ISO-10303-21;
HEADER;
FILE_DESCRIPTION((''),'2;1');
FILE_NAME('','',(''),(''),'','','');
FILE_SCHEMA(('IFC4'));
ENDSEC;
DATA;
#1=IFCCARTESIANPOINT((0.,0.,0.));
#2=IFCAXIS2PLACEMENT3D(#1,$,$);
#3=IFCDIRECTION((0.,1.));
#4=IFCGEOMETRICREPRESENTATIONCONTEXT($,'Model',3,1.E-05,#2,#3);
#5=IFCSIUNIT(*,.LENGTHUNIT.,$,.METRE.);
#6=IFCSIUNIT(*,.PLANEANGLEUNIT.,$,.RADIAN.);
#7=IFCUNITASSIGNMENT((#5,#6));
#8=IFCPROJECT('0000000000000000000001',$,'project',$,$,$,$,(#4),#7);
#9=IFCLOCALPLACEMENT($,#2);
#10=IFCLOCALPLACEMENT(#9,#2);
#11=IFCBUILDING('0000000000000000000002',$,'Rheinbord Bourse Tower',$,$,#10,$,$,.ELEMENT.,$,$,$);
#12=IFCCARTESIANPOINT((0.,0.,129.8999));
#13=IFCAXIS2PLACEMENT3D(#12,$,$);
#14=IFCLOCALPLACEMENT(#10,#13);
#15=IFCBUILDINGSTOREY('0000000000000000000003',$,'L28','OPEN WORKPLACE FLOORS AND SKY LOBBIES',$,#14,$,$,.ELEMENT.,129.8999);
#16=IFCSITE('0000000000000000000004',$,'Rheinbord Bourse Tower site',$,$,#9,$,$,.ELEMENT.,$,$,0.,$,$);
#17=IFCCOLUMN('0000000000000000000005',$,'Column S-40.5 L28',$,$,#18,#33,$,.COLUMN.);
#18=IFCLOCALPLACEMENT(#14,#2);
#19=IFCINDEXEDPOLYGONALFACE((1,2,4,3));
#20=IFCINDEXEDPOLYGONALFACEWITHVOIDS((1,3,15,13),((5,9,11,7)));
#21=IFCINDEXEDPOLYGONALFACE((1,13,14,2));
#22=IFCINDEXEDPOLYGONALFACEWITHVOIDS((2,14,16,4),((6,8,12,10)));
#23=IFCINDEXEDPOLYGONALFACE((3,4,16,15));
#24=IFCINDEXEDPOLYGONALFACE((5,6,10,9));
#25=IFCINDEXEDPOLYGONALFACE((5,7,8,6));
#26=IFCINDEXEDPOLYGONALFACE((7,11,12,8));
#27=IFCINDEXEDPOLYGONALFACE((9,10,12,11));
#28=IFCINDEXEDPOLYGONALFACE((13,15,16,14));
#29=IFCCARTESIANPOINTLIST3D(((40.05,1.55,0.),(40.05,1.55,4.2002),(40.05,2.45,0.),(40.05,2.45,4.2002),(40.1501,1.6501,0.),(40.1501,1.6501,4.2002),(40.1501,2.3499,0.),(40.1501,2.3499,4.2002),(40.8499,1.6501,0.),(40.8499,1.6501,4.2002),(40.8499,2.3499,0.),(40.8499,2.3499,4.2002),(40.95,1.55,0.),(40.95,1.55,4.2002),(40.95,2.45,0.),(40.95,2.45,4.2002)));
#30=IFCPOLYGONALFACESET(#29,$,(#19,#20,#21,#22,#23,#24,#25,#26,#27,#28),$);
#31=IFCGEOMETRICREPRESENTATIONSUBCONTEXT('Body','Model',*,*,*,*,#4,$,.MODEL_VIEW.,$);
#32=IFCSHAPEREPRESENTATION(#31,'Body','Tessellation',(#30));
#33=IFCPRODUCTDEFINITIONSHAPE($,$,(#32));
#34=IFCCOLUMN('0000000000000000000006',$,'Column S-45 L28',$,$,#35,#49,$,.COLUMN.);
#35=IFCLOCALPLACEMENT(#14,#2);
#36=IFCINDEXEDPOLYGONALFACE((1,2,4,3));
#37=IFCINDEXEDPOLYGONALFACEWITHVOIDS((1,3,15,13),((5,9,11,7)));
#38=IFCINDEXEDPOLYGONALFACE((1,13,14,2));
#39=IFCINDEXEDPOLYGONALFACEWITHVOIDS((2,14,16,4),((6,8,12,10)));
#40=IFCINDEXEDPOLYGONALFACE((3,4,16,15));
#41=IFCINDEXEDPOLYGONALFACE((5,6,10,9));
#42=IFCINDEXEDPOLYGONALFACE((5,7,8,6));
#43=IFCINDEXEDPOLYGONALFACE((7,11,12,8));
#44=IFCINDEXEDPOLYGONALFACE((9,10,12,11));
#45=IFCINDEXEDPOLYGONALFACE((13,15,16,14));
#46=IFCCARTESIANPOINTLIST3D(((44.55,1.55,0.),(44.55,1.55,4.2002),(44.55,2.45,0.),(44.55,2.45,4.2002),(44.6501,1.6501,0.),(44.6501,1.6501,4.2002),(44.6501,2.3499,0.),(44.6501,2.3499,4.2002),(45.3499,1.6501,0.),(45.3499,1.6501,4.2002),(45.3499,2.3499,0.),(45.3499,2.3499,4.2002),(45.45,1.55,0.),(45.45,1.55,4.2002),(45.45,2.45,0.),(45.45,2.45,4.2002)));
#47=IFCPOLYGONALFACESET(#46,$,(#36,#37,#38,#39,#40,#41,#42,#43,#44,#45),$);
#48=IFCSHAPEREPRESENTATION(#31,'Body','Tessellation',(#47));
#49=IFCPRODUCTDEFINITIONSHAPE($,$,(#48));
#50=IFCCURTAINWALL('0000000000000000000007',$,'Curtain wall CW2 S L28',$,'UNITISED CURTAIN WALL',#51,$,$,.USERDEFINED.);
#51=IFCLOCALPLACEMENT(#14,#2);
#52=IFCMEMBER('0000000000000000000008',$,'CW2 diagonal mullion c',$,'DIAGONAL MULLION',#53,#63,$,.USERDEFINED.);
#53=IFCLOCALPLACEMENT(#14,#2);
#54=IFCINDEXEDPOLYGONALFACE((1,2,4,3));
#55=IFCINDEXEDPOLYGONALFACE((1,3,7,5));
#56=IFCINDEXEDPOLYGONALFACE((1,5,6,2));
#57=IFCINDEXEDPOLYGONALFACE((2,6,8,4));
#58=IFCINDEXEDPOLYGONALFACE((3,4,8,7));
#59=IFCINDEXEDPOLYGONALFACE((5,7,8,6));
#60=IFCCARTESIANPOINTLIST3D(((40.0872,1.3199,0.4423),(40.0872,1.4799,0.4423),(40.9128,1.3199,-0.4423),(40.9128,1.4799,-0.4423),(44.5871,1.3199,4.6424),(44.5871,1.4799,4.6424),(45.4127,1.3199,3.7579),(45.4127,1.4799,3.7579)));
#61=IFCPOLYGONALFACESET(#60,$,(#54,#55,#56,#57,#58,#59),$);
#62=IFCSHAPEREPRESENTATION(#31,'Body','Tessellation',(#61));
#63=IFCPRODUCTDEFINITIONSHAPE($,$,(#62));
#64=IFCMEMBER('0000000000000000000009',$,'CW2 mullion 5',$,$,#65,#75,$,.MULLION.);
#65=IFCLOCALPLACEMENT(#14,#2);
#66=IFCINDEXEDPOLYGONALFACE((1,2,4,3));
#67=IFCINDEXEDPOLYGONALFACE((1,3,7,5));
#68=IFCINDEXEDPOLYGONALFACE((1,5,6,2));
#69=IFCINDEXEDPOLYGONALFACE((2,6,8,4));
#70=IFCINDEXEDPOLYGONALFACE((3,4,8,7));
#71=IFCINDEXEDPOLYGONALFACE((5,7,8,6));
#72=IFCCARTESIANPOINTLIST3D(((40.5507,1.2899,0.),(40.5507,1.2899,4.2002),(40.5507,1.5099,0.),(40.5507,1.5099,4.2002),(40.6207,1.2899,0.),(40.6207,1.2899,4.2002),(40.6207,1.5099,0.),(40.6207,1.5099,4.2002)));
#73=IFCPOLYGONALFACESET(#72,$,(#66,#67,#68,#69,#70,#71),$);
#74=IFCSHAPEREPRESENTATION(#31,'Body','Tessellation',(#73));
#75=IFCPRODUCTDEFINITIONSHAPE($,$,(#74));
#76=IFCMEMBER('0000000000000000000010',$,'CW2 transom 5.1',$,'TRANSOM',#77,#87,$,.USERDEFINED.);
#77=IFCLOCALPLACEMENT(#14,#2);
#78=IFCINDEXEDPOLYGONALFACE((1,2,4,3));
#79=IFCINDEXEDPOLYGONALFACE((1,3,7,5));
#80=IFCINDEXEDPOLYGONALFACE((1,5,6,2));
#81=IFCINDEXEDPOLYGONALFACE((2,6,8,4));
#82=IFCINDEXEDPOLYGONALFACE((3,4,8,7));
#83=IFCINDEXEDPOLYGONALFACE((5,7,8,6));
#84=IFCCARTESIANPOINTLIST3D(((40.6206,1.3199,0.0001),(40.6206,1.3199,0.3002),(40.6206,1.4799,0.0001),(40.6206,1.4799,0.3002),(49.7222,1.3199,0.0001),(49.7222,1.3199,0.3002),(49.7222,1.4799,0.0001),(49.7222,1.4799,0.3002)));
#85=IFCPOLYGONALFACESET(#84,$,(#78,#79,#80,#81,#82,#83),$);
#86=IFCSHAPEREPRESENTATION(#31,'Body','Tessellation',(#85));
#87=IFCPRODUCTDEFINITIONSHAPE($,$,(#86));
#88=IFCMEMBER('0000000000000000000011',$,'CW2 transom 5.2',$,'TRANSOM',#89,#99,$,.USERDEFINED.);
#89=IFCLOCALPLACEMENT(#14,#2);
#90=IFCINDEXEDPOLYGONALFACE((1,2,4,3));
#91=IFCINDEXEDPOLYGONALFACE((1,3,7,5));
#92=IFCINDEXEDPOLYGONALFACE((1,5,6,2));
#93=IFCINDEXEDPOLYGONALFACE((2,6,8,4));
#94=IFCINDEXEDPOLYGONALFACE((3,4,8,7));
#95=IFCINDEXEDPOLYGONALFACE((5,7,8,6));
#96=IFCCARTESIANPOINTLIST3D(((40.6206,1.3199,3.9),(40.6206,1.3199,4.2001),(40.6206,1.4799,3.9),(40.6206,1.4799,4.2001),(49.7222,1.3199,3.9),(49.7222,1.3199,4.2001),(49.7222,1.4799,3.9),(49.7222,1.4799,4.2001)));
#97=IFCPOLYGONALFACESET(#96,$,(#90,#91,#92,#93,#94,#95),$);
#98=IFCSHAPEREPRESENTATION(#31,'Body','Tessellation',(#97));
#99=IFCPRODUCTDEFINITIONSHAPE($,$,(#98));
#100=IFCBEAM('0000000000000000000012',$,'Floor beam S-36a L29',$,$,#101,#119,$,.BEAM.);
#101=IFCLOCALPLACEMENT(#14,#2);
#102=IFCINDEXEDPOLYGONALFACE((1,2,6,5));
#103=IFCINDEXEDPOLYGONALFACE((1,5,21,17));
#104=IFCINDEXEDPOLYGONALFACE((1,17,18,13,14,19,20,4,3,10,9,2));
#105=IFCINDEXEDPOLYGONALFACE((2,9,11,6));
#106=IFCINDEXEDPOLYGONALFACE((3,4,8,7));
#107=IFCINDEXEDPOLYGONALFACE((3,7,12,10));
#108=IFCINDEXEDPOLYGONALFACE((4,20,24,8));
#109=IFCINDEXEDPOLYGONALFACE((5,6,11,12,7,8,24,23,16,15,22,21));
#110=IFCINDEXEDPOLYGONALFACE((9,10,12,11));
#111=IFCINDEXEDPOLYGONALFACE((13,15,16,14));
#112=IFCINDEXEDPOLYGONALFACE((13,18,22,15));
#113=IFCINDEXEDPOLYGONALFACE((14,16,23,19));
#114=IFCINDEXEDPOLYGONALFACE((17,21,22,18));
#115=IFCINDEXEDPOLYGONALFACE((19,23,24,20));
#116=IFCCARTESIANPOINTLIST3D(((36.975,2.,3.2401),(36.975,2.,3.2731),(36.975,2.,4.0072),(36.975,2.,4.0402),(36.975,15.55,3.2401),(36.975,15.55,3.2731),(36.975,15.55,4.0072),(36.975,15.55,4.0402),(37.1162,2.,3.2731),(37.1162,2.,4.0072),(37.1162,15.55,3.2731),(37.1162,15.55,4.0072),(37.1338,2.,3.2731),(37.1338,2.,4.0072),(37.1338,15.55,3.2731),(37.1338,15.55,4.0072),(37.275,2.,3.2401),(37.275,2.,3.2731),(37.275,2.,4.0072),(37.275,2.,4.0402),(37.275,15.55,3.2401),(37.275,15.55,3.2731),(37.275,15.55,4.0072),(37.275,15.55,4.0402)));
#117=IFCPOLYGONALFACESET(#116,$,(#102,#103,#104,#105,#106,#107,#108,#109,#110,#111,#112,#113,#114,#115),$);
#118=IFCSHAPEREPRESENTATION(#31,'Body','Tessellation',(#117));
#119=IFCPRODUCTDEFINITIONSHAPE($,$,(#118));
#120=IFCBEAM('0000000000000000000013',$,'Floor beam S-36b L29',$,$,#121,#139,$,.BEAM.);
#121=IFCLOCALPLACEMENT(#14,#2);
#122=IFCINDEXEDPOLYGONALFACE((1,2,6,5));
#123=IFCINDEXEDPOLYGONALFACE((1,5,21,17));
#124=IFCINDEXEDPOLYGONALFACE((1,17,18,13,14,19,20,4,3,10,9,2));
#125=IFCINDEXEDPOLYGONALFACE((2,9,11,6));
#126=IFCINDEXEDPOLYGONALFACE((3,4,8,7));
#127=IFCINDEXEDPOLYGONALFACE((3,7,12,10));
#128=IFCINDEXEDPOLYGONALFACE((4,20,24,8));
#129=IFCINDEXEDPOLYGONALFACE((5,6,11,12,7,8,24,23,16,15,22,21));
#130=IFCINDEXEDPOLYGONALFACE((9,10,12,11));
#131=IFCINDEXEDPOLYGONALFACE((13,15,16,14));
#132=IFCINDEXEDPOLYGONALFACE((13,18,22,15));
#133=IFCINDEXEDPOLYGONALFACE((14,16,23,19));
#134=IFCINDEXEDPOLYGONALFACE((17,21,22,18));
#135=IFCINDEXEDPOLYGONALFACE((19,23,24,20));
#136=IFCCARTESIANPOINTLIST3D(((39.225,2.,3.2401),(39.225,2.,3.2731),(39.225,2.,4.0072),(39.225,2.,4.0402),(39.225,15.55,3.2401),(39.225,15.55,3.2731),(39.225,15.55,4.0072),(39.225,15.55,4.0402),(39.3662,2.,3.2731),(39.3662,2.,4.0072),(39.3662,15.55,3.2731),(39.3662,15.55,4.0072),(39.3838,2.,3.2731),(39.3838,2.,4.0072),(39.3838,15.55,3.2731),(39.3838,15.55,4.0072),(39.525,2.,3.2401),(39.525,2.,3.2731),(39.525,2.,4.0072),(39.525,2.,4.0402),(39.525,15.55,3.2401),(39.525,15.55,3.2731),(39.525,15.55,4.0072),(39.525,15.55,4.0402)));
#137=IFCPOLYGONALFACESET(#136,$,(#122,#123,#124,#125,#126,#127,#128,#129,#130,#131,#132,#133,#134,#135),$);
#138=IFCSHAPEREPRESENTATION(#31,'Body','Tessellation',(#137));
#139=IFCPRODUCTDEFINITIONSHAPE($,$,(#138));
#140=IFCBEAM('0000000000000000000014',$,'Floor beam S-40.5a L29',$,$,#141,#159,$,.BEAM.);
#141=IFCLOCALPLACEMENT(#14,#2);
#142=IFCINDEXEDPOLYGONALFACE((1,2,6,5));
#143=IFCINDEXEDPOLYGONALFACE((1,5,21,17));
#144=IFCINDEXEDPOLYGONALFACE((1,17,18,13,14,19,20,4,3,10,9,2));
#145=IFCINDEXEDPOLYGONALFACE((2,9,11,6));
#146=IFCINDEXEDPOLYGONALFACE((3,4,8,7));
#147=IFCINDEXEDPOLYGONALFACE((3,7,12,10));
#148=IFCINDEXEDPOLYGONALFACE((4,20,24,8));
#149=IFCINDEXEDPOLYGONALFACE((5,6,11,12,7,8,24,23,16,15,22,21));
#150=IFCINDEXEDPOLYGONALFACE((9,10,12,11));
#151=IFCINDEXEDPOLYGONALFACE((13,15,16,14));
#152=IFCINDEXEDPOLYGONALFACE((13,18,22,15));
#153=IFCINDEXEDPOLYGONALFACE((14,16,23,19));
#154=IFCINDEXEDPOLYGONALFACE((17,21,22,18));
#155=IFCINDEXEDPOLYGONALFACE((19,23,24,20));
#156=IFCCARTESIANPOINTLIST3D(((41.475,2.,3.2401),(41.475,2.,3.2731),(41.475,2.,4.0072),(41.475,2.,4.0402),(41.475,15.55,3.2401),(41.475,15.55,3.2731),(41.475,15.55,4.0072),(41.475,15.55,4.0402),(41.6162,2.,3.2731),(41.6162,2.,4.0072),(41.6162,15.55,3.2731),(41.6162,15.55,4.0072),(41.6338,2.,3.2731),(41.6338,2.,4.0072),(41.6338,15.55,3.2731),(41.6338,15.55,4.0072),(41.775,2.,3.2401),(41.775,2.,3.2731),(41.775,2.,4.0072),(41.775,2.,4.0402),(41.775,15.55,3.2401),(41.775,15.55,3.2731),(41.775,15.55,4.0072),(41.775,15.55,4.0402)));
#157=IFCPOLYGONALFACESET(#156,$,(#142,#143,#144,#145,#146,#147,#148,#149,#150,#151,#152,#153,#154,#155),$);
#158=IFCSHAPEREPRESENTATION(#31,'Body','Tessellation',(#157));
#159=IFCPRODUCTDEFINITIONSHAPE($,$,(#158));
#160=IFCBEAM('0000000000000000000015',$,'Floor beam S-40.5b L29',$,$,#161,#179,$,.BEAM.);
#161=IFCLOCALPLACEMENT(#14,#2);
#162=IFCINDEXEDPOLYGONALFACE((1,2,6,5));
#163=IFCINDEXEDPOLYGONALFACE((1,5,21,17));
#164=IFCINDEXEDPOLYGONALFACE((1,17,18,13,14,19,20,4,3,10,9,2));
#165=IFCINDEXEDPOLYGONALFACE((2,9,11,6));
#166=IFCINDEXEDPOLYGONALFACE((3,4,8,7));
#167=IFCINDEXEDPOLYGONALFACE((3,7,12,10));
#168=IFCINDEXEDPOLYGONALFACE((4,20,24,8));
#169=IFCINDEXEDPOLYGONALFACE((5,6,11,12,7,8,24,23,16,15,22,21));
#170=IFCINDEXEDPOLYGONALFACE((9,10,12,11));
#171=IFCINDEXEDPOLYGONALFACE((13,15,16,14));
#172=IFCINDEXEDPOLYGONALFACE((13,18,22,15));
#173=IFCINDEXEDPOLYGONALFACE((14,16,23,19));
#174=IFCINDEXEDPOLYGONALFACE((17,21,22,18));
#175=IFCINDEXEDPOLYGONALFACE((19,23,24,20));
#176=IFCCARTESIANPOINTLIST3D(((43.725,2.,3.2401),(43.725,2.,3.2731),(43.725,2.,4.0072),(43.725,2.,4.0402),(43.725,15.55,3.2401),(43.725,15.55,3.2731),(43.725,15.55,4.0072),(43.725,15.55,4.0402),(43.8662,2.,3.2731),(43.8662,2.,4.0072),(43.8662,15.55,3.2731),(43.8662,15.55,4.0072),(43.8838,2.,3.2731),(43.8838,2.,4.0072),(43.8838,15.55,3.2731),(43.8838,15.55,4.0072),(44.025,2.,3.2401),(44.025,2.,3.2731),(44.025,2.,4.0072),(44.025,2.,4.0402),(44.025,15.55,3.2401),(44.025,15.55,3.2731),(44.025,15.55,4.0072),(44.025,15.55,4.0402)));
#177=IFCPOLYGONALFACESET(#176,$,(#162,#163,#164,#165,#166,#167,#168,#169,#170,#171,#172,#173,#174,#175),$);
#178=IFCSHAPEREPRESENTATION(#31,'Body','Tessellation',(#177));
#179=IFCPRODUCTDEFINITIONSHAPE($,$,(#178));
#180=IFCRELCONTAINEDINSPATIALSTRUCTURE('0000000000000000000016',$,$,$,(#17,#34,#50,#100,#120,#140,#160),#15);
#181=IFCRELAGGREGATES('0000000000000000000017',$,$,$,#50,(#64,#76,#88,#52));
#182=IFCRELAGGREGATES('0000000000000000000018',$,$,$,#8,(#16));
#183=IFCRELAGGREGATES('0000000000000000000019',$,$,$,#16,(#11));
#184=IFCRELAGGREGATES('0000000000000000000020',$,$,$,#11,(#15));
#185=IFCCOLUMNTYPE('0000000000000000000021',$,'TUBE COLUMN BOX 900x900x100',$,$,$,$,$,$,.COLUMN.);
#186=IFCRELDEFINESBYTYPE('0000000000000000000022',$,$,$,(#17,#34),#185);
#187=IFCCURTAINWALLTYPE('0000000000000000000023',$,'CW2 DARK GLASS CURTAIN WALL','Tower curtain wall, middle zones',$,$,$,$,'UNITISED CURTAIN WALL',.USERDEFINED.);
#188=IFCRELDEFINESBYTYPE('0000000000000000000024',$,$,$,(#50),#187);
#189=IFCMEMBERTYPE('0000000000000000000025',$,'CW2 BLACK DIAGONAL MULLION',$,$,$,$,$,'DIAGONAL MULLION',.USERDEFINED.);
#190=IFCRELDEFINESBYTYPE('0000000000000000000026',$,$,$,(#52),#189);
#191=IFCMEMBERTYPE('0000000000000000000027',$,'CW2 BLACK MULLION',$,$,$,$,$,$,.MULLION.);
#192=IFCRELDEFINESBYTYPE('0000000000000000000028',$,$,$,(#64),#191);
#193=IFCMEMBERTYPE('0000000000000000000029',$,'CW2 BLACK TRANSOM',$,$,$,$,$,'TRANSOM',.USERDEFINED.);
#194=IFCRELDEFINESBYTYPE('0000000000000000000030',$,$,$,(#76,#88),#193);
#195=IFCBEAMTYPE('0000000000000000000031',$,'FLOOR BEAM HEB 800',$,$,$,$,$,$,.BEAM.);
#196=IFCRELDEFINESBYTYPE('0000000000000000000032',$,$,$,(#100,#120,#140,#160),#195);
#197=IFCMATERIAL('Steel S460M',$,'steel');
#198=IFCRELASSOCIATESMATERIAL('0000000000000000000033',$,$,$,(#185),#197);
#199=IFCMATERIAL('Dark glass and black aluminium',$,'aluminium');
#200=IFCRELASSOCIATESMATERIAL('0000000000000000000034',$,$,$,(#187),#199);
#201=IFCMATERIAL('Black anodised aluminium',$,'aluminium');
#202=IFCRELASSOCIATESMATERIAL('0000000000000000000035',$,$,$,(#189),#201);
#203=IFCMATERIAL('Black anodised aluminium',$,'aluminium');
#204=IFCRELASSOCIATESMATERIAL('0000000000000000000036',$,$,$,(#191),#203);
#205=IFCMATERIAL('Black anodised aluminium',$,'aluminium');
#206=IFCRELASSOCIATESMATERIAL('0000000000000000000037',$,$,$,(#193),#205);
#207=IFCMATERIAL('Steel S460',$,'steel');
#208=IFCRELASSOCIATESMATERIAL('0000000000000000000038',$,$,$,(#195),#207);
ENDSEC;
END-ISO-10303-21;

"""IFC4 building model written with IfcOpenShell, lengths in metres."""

from ifc_helpers import new_model, si_unit, direction, frame, origin, origin_2d, place, context, subcontext, project, spatial, rectangle, hollow_rectangle, i_section, extrude, material, material_profile, profile_set, type_object, element, aggregate, save


model = new_model("IFC4")

# Units and contexts
model_context = context("Model", 3, precision=1e-05, world=origin(), true_north=direction((0.0, 1.0)))
body_context = subcontext(model_context, "Body", "Model", "MODEL_VIEW")
ifc_project = project(units=[si_unit("LENGTHUNIT", "METRE"), si_unit("PLANEANGLEUNIT", "RADIAN")], contexts=[model_context])

# Site, building, storey
site_placement = place(None, origin())
site = spatial("IfcSite", under=ifc_project, at=site_placement, Name="Rheinbord Bourse Tower site", CompositionType="ELEMENT", RefElevation=0.0)
building_placement = place(site_placement, origin())
building = spatial("IfcBuilding", under=site, at=building_placement, Name="Rheinbord Bourse Tower", CompositionType="ELEMENT")
storey_placement = place(building_placement, frame((0.0, 0.0, 129.8999)))
storey = spatial("IfcBuildingStorey", under=building, at=storey_placement, Name="L28", Description="OPEN WORKPLACE FLOORS AND SKY LOBBIES", CompositionType="ELEMENT", Elevation=129.8999)

# Columns
ifc_material_1 = material(Name="Steel S460M", Category="steel")
ifc_material_profile_1 = material_profile(ifc_material_1, hollow_rectangle(XDim=0.8999, YDim=0.8999, WallThickness=0.1001, at=origin_2d()), Name="BOX 900x900x100")
ifc_profile_set_1 = profile_set([ifc_material_profile_1], Name="Steel S460M")
column_type = type_object("IfcColumnType", Name="TUBE COLUMN BOX 900x900x100", PredefinedType="COLUMN", material=ifc_profile_set_1)
for number, where, z_axis, x_axis, name in (
    (1, (40.5, 2.0, 0.0), (0.0, 0.0, 1.0), (0.0, 1.0, 0.0), "Column S-40.5 L28"),
    (2, (45.0, 2.0, 0.0), (0.0, 0.0, 1.0), (0.0, 1.0, 0.0), "Column S-45 L28"),
):
    element("IfcColumn", number, at=place(storey_placement, frame(where, z_axis=z_axis, x_axis=x_axis)), inside=storey, type_object=column_type, Name=name, PredefinedType="COLUMN", context=body_context, shape_type="SweptSolid", body=[
        extrude(hollow_rectangle(XDim=0.8999, YDim=0.8999, WallThickness=0.1001, at=origin_2d()), origin(), (0.0, 0.0, 1.0), 4.2002),
    ])

# Curtain wall, members
ifc_material_2 = material(Name="Dark glass and black aluminium", Category="aluminium")
curtain_wall_type = type_object("IfcCurtainWallType", Name="CW2 DARK GLASS CURTAIN WALL", Description="Tower curtain wall, middle zones", ElementType="UNITISED CURTAIN WALL", PredefinedType="USERDEFINED", material=ifc_material_2)
curtain_wall_placement = place(storey_placement, origin())
curtain_wall = element("IfcCurtainWall", 3, at=curtain_wall_placement, inside=storey, type_object=curtain_wall_type, Name="Curtain wall CW2 S L28", ObjectType="UNITISED CURTAIN WALL", PredefinedType="USERDEFINED")
ifc_material_3 = material(Name="Black anodised aluminium", Category="aluminium")
ifc_material_profile_2 = material_profile(ifc_material_3, rectangle(XDim=0.1599, YDim=1.21, at=origin_2d()), Name="CW2 DIAGONAL MULLION 1210x160")
ifc_profile_set_2 = profile_set([ifc_material_profile_2], Name="Black anodised aluminium")
member_type_1 = type_object("IfcMemberType", Name="CW2 BLACK DIAGONAL MULLION", ElementType="DIAGONAL MULLION", PredefinedType="USERDEFINED", material=ifc_profile_set_2)
member_1_placement = place(storey_placement, frame((40.5, 1.3999, 0.0), z_axis=(0.731039, 0.0, 0.682335), x_axis=(0.0, 1.0, 0.0)))
member_1 = element("IfcMember", 4, at=member_1_placement, type_object=member_type_1, Name="CW2 diagonal mullion c", ObjectType="DIAGONAL MULLION", PredefinedType="USERDEFINED", context=body_context, shape_type="SweptSolid", body=[
    extrude(rectangle(XDim=0.1599, YDim=1.21, at=origin_2d()), origin(), (0.0, 0.0, 1.0), 6.1555),
])
ifc_material_4 = material(Name="Black anodised aluminium", Category="aluminium")
ifc_material_profile_3 = material_profile(ifc_material_4, rectangle(XDim=0.22, YDim=0.0701, at=origin_2d()), Name="CW2 MULLION 70x220")
ifc_profile_set_3 = profile_set([ifc_material_profile_3], Name="Black anodised aluminium")
member_type_2 = type_object("IfcMemberType", Name="CW2 BLACK MULLION", PredefinedType="MULLION", material=ifc_profile_set_3)
member_2_placement = place(storey_placement, frame((40.5857, 1.3999, 0.0), z_axis=(0.0, 0.0, 1.0), x_axis=(0.0, 1.0, 0.0)))
member_2 = element("IfcMember", 5, at=member_2_placement, type_object=member_type_2, Name="CW2 mullion 5", PredefinedType="MULLION", context=body_context, shape_type="SweptSolid", body=[
    extrude(rectangle(XDim=0.22, YDim=0.0701, at=origin_2d()), origin(), (0.0, 0.0, 1.0), 4.2002),
])
ifc_material_5 = material(Name="Black anodised aluminium", Category="aluminium")
ifc_material_profile_4 = material_profile(ifc_material_5, rectangle(XDim=0.1599, YDim=0.3, at=origin_2d()), Name="CW2 TRANSOM 300x160")
ifc_profile_set_4 = profile_set([ifc_material_profile_4], Name="Black anodised aluminium")
member_type_3 = type_object("IfcMemberType", Name="CW2 BLACK TRANSOM", ElementType="TRANSOM", PredefinedType="USERDEFINED", material=ifc_profile_set_4)
member_3_placement = place(storey_placement, frame((40.6206, 1.3999, 0.1501), z_axis=(1.0, 0.0, 0.0), x_axis=(0.0, 1.0, 0.0)))
member_3 = element("IfcMember", 6, at=member_3_placement, type_object=member_type_3, Name="CW2 transom 5.1", ObjectType="TRANSOM", PredefinedType="USERDEFINED", context=body_context, shape_type="SweptSolid", body=[
    extrude(rectangle(XDim=0.1599, YDim=0.3, at=origin_2d()), origin(), (0.0, 0.0, 1.0), 9.1016),
])
member_4_placement = place(storey_placement, frame((40.6206, 1.3999, 4.05), z_axis=(1.0, 0.0, 0.0), x_axis=(0.0, 1.0, 0.0)))
member_4 = element("IfcMember", 7, at=member_4_placement, type_object=member_type_3, Name="CW2 transom 5.2", ObjectType="TRANSOM", PredefinedType="USERDEFINED", context=body_context, shape_type="SweptSolid", body=[
    extrude(rectangle(XDim=0.1599, YDim=0.3, at=origin_2d()), origin(), (0.0, 0.0, 1.0), 9.1016),
])

# Beams
ifc_material_6 = material(Name="Steel S460", Category="steel")
ifc_material_profile_5 = material_profile(ifc_material_6, i_section(OverallWidth=0.3, OverallDepth=0.8, WebThickness=0.0176, FlangeThickness=0.033, at=origin_2d()), Name="HEB 800")
ifc_profile_set_5 = profile_set([ifc_material_profile_5], Name="Steel S460")
beam_type_1 = type_object("IfcBeamType", Name="FLOOR BEAM HEB 800", PredefinedType="BEAM", material=ifc_profile_set_5)
for number, where, z_axis, x_axis, name in (
    (8, (37.125, 2.0, 3.6401), (0.0, 1.0, 0.0), (-1.0, 0.0, 0.0), "Floor beam S-36a L29"),
    (9, (39.375, 2.0, 3.6401), (0.0, 1.0, 0.0), (-1.0, 0.0, 0.0), "Floor beam S-36b L29"),
    (10, (41.625, 2.0, 3.6401), (0.0, 1.0, 0.0), (-1.0, 0.0, 0.0), "Floor beam S-40.5a L29"),
    (11, (43.875, 2.0, 3.6401), (0.0, 1.0, 0.0), (-1.0, 0.0, 0.0), "Floor beam S-40.5b L29"),
):
    element("IfcBeam", number, at=place(storey_placement, frame(where, z_axis=z_axis, x_axis=x_axis)), inside=storey, type_object=beam_type_1, Name=name, PredefinedType="BEAM", context=body_context, shape_type="SweptSolid", body=[
        extrude(i_section(OverallWidth=0.3, OverallDepth=0.8, WebThickness=0.0176, FlangeThickness=0.033, at=origin_2d()), origin(), (0.0, 0.0, 1.0), 13.55),
    ])

aggregate(curtain_wall, [member_2, member_3, member_4, member_1])

save(model, "model.ifc")
